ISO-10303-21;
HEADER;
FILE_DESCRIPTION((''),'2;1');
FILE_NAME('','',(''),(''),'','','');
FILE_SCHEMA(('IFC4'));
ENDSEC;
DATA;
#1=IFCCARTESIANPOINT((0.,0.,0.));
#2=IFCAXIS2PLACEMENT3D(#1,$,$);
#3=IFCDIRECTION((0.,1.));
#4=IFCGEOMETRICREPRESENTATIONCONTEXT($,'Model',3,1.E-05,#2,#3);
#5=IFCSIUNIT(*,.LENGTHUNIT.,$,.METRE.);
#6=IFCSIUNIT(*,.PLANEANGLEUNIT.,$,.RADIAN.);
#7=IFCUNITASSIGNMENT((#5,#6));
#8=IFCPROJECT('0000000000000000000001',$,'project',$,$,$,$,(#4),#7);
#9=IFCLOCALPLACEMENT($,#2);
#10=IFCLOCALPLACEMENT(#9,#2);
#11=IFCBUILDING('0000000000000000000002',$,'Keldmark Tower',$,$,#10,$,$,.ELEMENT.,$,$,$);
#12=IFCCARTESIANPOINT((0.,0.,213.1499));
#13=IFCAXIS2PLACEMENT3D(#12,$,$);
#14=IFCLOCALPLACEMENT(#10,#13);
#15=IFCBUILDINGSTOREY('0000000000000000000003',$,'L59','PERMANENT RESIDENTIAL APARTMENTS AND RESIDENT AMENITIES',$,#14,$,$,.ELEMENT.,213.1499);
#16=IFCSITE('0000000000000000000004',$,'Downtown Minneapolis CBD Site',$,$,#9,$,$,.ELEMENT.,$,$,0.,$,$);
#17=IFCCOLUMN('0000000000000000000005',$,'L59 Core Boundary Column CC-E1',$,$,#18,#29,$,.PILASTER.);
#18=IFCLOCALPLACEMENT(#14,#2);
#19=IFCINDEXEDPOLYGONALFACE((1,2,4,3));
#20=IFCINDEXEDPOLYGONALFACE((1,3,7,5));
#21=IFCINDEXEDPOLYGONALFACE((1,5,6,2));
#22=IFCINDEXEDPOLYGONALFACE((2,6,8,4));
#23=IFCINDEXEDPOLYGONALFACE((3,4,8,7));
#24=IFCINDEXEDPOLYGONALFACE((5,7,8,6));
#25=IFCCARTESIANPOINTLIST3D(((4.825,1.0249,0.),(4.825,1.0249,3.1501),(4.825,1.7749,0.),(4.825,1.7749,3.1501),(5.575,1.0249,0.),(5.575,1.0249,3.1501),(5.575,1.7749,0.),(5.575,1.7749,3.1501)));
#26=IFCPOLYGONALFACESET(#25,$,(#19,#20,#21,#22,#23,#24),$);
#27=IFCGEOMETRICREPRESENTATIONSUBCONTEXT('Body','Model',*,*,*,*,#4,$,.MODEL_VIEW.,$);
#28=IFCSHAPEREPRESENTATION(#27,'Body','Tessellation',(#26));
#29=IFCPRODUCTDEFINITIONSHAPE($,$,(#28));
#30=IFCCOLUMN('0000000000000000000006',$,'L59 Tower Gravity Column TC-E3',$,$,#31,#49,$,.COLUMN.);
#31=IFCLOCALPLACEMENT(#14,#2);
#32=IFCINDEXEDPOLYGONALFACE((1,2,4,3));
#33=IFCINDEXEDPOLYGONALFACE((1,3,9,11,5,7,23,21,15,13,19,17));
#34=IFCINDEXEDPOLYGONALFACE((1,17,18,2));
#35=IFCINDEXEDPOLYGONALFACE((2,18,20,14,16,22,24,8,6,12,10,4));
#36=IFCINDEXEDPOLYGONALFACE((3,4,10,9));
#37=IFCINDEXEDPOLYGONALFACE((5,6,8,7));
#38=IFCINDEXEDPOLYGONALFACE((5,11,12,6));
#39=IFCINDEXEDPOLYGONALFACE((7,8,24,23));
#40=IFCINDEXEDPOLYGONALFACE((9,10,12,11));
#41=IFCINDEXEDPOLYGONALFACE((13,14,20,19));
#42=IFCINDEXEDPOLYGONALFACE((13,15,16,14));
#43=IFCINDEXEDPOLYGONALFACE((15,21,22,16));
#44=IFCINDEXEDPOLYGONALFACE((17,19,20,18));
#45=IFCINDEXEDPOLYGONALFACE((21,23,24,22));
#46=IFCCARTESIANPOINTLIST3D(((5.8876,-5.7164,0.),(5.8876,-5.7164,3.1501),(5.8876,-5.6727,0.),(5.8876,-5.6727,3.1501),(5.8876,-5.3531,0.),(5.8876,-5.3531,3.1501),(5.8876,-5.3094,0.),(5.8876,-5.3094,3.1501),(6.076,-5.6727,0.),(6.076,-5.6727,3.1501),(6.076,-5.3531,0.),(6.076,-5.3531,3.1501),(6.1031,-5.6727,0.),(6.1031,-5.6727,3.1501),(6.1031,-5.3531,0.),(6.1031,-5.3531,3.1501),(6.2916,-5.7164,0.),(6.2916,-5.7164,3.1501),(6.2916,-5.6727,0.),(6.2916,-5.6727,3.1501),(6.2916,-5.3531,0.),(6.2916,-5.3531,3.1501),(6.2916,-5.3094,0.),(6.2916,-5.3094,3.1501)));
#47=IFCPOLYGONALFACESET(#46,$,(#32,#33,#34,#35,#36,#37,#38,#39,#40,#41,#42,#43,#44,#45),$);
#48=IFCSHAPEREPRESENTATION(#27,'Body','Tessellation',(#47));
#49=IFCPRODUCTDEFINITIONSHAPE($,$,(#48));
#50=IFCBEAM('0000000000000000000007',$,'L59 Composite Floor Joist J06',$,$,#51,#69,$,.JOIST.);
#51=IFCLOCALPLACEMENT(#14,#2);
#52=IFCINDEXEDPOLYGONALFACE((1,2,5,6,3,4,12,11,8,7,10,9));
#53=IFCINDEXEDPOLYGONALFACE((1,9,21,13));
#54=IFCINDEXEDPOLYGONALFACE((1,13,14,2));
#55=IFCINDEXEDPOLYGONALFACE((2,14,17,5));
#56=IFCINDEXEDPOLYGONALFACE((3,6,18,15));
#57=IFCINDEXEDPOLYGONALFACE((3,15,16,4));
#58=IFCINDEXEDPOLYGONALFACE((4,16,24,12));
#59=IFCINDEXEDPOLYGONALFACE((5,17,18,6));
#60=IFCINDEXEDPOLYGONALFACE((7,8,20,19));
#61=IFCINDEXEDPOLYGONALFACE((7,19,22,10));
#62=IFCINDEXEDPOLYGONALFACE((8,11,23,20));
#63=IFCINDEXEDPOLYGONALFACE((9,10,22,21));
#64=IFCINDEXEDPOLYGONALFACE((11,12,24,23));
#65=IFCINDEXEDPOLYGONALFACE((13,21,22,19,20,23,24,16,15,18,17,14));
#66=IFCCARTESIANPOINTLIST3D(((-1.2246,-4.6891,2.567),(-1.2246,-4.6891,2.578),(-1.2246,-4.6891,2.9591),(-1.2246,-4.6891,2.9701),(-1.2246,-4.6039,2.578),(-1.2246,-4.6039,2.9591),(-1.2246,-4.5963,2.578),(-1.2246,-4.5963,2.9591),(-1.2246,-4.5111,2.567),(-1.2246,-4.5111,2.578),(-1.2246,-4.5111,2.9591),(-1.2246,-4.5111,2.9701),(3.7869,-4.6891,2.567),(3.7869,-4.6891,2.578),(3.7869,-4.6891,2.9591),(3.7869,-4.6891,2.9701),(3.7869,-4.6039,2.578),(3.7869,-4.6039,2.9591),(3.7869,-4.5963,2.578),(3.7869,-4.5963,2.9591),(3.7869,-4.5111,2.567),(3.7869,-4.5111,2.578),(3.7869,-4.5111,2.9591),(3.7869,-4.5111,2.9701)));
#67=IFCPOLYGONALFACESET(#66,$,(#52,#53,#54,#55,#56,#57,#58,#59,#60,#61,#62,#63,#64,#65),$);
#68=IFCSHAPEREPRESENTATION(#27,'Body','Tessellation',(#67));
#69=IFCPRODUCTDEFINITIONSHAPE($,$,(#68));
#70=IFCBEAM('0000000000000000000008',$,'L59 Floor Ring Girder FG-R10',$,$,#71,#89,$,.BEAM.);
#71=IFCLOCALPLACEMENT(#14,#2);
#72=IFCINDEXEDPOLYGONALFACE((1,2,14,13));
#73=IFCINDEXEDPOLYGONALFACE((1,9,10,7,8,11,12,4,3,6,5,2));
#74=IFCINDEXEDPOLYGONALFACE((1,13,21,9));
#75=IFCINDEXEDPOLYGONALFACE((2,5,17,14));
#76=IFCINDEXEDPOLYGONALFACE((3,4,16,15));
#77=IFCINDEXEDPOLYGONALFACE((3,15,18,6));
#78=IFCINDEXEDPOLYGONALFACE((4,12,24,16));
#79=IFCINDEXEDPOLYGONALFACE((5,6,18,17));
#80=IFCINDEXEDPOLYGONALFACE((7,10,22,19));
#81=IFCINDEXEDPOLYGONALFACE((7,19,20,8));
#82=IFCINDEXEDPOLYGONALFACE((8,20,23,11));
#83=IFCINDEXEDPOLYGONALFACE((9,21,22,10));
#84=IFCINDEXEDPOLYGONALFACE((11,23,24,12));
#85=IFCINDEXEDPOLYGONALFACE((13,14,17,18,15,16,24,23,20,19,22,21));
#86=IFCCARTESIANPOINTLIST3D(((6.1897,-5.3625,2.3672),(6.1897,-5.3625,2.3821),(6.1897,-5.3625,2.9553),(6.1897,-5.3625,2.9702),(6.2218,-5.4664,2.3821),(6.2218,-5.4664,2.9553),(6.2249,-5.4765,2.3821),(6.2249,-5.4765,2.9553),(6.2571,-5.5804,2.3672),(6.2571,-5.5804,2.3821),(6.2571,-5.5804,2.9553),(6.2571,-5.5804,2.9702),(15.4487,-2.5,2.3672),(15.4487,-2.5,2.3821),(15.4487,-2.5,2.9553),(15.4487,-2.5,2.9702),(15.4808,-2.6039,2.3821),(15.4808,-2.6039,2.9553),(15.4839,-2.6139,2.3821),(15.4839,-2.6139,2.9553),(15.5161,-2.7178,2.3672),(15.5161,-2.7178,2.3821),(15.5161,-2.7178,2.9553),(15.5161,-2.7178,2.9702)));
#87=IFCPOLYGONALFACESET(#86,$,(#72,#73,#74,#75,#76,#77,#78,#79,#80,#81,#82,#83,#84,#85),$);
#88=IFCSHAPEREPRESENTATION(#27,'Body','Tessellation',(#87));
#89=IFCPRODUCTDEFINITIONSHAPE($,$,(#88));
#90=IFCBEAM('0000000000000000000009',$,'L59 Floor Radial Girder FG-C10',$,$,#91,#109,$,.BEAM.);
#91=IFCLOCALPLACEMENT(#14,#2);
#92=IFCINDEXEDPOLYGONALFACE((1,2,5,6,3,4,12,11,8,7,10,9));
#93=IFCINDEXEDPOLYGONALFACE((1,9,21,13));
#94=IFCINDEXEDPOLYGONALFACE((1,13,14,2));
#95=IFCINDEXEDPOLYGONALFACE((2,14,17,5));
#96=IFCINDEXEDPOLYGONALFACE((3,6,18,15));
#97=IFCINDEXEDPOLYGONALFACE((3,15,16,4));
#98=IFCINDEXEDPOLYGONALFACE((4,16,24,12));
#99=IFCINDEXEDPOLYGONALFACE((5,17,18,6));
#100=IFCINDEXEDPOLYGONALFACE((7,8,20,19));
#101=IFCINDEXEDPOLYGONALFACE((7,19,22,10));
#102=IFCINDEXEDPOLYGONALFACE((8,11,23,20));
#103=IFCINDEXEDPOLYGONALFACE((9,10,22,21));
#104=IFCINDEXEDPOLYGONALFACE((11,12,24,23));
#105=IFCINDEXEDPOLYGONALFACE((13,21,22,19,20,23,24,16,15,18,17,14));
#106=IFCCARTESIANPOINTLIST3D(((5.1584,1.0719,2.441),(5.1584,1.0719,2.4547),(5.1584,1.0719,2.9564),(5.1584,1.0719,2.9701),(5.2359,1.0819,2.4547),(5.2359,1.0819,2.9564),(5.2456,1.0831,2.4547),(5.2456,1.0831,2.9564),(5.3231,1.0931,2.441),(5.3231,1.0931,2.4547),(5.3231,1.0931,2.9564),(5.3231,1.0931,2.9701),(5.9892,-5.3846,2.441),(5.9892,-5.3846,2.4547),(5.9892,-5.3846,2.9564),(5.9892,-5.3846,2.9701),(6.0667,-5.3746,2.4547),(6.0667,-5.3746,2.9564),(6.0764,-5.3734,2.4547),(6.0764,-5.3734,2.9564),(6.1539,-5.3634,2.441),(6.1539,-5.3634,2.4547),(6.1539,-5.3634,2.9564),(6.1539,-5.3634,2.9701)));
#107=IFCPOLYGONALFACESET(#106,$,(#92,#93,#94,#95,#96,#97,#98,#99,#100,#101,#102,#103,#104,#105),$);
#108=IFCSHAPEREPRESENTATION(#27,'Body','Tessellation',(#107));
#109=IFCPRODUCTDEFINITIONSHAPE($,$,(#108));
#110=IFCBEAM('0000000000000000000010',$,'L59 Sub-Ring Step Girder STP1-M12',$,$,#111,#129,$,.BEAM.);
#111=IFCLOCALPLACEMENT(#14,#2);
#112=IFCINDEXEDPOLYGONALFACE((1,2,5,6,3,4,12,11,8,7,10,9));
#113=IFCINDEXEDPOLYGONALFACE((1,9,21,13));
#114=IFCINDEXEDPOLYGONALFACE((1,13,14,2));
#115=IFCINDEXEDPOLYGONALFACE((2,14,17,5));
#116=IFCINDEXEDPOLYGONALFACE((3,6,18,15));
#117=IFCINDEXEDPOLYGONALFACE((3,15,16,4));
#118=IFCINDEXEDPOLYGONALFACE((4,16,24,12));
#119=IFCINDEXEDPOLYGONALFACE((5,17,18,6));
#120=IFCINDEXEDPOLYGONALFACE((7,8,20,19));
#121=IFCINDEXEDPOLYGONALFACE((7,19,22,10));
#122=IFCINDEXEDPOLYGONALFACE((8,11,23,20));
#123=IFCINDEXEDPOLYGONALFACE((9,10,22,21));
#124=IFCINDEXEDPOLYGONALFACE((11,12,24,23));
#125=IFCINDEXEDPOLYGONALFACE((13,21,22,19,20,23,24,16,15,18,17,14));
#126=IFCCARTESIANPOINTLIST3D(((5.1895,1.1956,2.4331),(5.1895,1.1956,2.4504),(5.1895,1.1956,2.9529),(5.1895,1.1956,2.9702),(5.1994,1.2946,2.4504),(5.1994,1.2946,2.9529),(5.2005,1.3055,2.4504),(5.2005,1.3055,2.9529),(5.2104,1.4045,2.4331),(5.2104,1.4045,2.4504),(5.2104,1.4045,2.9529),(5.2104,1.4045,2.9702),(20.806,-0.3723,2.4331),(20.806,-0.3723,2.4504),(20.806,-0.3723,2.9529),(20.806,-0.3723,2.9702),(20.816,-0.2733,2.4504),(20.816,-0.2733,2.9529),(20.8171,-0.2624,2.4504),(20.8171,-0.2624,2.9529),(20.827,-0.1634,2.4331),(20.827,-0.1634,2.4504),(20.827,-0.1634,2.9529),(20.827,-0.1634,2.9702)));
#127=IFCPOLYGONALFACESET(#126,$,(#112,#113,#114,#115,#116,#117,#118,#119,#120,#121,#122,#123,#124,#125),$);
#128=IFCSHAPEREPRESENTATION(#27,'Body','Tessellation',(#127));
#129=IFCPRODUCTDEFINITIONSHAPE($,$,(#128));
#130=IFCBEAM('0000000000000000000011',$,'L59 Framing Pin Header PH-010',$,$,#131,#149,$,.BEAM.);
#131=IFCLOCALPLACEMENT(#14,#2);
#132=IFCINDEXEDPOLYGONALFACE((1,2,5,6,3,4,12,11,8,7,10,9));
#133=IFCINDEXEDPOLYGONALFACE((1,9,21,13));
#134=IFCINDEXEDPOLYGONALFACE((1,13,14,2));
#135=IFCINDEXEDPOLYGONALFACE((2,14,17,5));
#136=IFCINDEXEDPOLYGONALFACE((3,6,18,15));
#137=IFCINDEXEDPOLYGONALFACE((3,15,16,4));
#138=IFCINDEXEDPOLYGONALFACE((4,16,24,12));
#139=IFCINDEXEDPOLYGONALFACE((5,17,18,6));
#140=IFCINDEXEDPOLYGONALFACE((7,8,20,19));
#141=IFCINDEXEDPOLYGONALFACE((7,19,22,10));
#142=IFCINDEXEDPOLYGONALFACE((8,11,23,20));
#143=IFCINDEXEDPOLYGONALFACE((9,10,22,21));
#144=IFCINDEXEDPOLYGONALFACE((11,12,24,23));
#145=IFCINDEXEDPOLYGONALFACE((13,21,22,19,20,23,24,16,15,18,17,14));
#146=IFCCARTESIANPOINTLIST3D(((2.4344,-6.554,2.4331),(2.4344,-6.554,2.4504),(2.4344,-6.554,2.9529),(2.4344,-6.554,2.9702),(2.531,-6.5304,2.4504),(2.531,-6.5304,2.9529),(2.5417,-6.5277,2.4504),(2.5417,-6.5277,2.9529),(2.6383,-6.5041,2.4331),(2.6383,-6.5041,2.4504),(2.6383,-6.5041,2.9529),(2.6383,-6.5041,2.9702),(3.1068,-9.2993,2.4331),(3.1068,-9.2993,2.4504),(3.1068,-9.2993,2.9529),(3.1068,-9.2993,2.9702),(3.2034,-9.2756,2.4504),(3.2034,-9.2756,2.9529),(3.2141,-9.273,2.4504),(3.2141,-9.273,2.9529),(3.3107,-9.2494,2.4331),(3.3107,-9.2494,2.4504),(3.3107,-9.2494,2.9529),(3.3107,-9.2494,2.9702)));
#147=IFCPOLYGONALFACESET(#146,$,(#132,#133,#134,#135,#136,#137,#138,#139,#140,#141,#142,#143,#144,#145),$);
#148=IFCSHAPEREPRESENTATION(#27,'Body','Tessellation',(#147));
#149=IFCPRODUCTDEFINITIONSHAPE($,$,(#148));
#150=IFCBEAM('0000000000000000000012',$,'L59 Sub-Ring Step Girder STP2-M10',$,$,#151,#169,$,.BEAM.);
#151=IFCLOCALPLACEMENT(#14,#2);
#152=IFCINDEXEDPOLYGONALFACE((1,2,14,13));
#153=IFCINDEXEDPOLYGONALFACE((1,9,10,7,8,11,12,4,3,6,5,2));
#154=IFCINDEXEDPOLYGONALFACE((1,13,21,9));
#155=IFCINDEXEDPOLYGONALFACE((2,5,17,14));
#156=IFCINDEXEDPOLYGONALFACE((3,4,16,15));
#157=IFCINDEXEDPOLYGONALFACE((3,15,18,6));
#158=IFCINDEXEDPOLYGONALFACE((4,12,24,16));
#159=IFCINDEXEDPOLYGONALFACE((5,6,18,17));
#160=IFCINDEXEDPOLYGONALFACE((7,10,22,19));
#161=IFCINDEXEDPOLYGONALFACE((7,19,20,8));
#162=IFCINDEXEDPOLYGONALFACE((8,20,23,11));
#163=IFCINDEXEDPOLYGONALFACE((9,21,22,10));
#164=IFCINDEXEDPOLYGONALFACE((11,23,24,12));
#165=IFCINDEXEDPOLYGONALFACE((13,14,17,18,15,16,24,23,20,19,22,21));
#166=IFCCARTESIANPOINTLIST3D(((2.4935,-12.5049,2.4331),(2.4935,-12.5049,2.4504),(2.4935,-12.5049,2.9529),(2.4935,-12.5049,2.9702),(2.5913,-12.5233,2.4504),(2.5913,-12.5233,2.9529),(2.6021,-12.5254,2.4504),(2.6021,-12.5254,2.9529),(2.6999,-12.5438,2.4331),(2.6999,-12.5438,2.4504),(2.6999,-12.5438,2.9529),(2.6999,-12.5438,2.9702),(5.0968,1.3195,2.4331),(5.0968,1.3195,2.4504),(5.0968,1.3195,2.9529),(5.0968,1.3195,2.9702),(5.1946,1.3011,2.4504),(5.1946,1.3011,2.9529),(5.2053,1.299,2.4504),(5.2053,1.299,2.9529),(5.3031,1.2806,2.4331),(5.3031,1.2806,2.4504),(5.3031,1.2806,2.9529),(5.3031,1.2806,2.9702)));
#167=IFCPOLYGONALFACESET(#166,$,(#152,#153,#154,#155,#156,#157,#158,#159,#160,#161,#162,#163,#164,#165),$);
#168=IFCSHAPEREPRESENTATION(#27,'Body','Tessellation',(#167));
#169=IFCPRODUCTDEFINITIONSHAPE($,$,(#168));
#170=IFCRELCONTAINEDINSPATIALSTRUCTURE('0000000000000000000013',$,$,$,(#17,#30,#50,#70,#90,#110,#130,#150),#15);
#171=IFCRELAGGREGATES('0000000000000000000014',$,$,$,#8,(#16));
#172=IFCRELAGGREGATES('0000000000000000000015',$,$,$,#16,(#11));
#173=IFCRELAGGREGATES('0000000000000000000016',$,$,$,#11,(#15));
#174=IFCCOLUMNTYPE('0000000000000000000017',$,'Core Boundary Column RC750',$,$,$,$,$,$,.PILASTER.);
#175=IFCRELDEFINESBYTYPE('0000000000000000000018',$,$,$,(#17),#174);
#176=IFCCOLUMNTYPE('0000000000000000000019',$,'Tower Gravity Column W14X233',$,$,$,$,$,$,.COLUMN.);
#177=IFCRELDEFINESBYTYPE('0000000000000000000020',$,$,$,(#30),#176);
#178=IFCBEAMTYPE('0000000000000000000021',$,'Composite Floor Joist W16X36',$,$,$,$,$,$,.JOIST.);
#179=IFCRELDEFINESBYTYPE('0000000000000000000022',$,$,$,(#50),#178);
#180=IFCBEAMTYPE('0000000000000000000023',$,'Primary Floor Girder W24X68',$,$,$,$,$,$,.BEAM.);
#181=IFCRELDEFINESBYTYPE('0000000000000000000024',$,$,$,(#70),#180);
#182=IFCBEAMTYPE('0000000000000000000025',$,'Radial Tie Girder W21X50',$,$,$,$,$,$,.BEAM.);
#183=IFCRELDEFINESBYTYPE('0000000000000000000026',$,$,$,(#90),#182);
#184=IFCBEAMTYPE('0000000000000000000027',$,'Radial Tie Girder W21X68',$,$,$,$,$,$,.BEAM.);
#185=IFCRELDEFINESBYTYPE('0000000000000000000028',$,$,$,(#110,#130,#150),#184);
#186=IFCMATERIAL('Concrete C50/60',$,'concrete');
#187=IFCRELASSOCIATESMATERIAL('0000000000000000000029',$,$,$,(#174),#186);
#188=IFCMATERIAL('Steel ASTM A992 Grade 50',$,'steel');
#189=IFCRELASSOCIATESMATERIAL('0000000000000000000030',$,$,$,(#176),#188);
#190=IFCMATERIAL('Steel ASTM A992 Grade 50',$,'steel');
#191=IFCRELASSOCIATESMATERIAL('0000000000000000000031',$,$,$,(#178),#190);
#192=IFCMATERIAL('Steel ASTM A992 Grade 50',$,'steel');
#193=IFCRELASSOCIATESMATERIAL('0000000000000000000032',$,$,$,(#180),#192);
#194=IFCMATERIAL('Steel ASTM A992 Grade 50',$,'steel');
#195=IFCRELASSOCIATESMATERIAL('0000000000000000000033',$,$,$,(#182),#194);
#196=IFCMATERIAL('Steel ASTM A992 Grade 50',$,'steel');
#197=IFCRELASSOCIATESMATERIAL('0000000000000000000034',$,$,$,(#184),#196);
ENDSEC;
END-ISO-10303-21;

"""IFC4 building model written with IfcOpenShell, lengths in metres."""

from ifc_helpers import new_model, si_unit, direction, frame, origin, origin_2d, place, context, subcontext, project, spatial, rectangle, i_section, extrude, material, material_profile, profile_set, type_object, element, save


model = new_model("IFC4")

# Units and contexts
model_context = context("Model", 3, precision=1e-05, world=origin(), true_north=direction((0.0, 1.0)))
body_context = subcontext(model_context, "Body", "Model", "MODEL_VIEW")
ifc_project = project(units=[si_unit("LENGTHUNIT", "METRE"), si_unit("PLANEANGLEUNIT", "RADIAN")], contexts=[model_context])

# Site, building, storey
site_placement = place(None, origin())
site = spatial("IfcSite", under=ifc_project, at=site_placement, Name="Downtown Minneapolis CBD Site", CompositionType="ELEMENT", RefElevation=0.0)
building_placement = place(site_placement, origin())
building = spatial("IfcBuilding", under=site, at=building_placement, Name="Keldmark Tower", CompositionType="ELEMENT")
storey_placement = place(building_placement, frame((0.0, 0.0, 213.1499)))
storey = spatial("IfcBuildingStorey", under=building, at=storey_placement, Name="L59", Description="PERMANENT RESIDENTIAL APARTMENTS AND RESIDENT AMENITIES", CompositionType="ELEMENT", Elevation=213.1499)

# Columns
ifc_material_1 = material(Name="Concrete C50/60", Category="concrete")
ifc_material_profile_1 = material_profile(ifc_material_1, rectangle(XDim=0.75, YDim=0.75, at=origin_2d()), Name="RC750X750")
ifc_profile_set_1 = profile_set([ifc_material_profile_1], Name="Concrete C50/60")
column_type_1 = type_object("IfcColumnType", Name="Core Boundary Column RC750", PredefinedType="PILASTER", material=ifc_profile_set_1)
column_1_placement = place(storey_placement, frame((5.2, 1.3999, 0.0), z_axis=(0.0, 0.0, 1.0), x_axis=(1.0, 0.0, 0.0)))
element("IfcColumn", 1, at=column_1_placement, inside=storey, type_object=column_type_1, Name="L59 Core Boundary Column CC-E1", PredefinedType="PILASTER", context=body_context, shape_type="SweptSolid", body=[
    extrude(rectangle(XDim=0.75, YDim=0.75, at=origin_2d()), origin(), (0.0, 0.0, 1.0), 3.1501),
])
ifc_material_2 = material(Name="Steel ASTM A992 Grade 50", Category="steel")
ifc_material_profile_2 = material_profile(ifc_material_2, i_section(OverallWidth=0.4041, OverallDepth=0.407, WebThickness=0.0271, FlangeThickness=0.0437, at=origin_2d()), Name="W14X233")
ifc_profile_set_2 = profile_set([ifc_material_profile_2], Name="Steel ASTM A992 Grade 50")
column_type_2 = type_object("IfcColumnType", Name="Tower Gravity Column W14X233", PredefinedType="COLUMN", material=ifc_profile_set_2)
column_2_placement = place(storey_placement, frame((6.0896, -5.5129, 0.0), z_axis=(0.0, 0.0, 1.0), x_axis=(1.0, 0.0, 0.0)))
element("IfcColumn", 2, at=column_2_placement, inside=storey, type_object=column_type_2, Name="L59 Tower Gravity Column TC-E3", PredefinedType="COLUMN", context=body_context, shape_type="SweptSolid", body=[
    extrude(i_section(OverallWidth=0.4041, OverallDepth=0.407, WebThickness=0.0271, FlangeThickness=0.0437, at=origin_2d()), origin(), (0.0, 0.0, 1.0), 3.1501),
])

# Beams
ifc_material_3 = material(Name="Steel ASTM A992 Grade 50", Category="steel")
ifc_material_profile_3 = material_profile(ifc_material_3, i_section(OverallWidth=0.178, OverallDepth=0.4031, WebThickness=0.0076, FlangeThickness=0.011, at=origin_2d()), Name="W16X36")
ifc_profile_set_3 = profile_set([ifc_material_profile_3], Name="Steel ASTM A992 Grade 50")
beam_type_1 = type_object("IfcBeamType", Name="Composite Floor Joist W16X36", PredefinedType="JOIST", material=ifc_profile_set_3)
beam_1_placement = place(storey_placement, frame((-1.2246, -4.6001, 2.7686), z_axis=(1.0, 0.0, 0.0), x_axis=(0.0, 1.0, 0.0)))
element("IfcBeam", 3, at=beam_1_placement, inside=storey, type_object=beam_type_1, Name="L59 Composite Floor Joist J06", PredefinedType="JOIST", context=body_context, shape_type="SweptSolid", body=[
    extrude(i_section(OverallWidth=0.178, OverallDepth=0.4031, WebThickness=0.0076, FlangeThickness=0.011, at=origin_2d()), origin(), (0.0, 0.0, 1.0), 5.0115),
])
ifc_material_4 = material(Name="Steel ASTM A992 Grade 50", Category="steel")
ifc_material_profile_4 = material_profile(ifc_material_4, i_section(OverallWidth=0.228, OverallDepth=0.603, WebThickness=0.0105, FlangeThickness=0.0149, at=origin_2d()), Name="W24X68")
ifc_profile_set_4 = profile_set([ifc_material_profile_4], Name="Steel ASTM A992 Grade 50")
beam_type_2 = type_object("IfcBeamType", Name="Primary Floor Girder W24X68", PredefinedType="BEAM", material=ifc_profile_set_4)
beam_2_placement = place(storey_placement, frame((6.2234, -5.4714, 2.6687), z_axis=(0.955383, 0.295369, 0.0), x_axis=(-0.295369, 0.955383, 0.0)))
element("IfcBeam", 4, at=beam_2_placement, inside=storey, type_object=beam_type_2, Name="L59 Floor Ring Girder FG-R10", PredefinedType="BEAM", context=body_context, shape_type="SweptSolid", body=[
    extrude(i_section(OverallWidth=0.228, OverallDepth=0.603, WebThickness=0.0105, FlangeThickness=0.0149, at=origin_2d()), origin(), (0.0, 0.0, 1.0), 9.6914),
])
ifc_material_5 = material(Name="Steel ASTM A992 Grade 50", Category="steel")
ifc_material_profile_5 = material_profile(ifc_material_5, i_section(OverallWidth=0.166, OverallDepth=0.5291, WebThickness=0.0098, FlangeThickness=0.0137, at=origin_2d()), Name="W21X50")
ifc_profile_set_5 = profile_set([ifc_material_profile_5], Name="Steel ASTM A992 Grade 50")
beam_type_3 = type_object("IfcBeamType", Name="Radial Tie Girder W21X50", PredefinedType="BEAM", material=ifc_profile_set_5)
beam_3_placement = place(storey_placement, frame((6.0715, -5.374, 2.7056), z_axis=(-0.127625, 0.991822, 0.0), x_axis=(-0.991822, -0.127625, 0.0)))
element("IfcBeam", 5, at=beam_3_placement, inside=storey, type_object=beam_type_3, Name="L59 Floor Radial Girder FG-C10", PredefinedType="BEAM", context=body_context, shape_type="SweptSolid", body=[
    extrude(i_section(OverallWidth=0.166, OverallDepth=0.5291, WebThickness=0.0098, FlangeThickness=0.0137, at=origin_2d()), origin(), (0.0, 0.0, 1.0), 6.5098),
])
ifc_material_6 = material(Name="Steel ASTM A992 Grade 50", Category="steel")
ifc_material_profile_6 = material_profile(ifc_material_6, i_section(OverallWidth=0.21, OverallDepth=0.5371, WebThickness=0.011, FlangeThickness=0.0173, at=origin_2d()), Name="W21X68")
ifc_profile_set_6 = profile_set([ifc_material_profile_6], Name="Steel ASTM A992 Grade 50")
beam_type_4 = type_object("IfcBeamType", Name="Radial Tie Girder W21X68", PredefinedType="BEAM", material=ifc_profile_set_6)
beam_4_placement = place(storey_placement, frame((5.2, 1.3, 2.7017), z_axis=(0.994998, -0.099896, 0.0), x_axis=(0.099896, 0.994998, 0.0)))
element("IfcBeam", 6, at=beam_4_placement, inside=storey, type_object=beam_type_4, Name="L59 Sub-Ring Step Girder STP1-M12", PredefinedType="BEAM", context=body_context, shape_type="SweptSolid", body=[
    extrude(i_section(OverallWidth=0.21, OverallDepth=0.5371, WebThickness=0.011, FlangeThickness=0.0173, at=origin_2d()), origin(), (0.0, 0.0, 1.0), 15.6951),
])
beam_5_placement = place(storey_placement, frame((2.5364, -6.5291, 2.7017), z_axis=(0.237879, -0.971295, 0.0), x_axis=(0.971295, 0.237879, 0.0)))
element("IfcBeam", 7, at=beam_5_placement, inside=storey, type_object=beam_type_4, Name="L59 Framing Pin Header PH-010", PredefinedType="BEAM", context=body_context, shape_type="SweptSolid", body=[
    extrude(i_section(OverallWidth=0.21, OverallDepth=0.5371, WebThickness=0.011, FlangeThickness=0.0173, at=origin_2d()), origin(), (0.0, 0.0, 1.0), 2.8264),
])
beam_6_placement = place(storey_placement, frame((5.2, 1.3, 2.7017), z_axis=(-0.185057, -0.982728, 0.0), x_axis=(0.982728, -0.185057, 0.0)))
element("IfcBeam", 8, at=beam_6_placement, inside=storey, type_object=beam_type_4, Name="L59 Sub-Ring Step Girder STP2-M10", PredefinedType="BEAM", context=body_context, shape_type="SweptSolid", body=[
    extrude(i_section(OverallWidth=0.21, OverallDepth=0.5371, WebThickness=0.011, FlangeThickness=0.0173, at=origin_2d()), origin(), (0.0, 0.0, 1.0), 14.0674),
])

save(model, "model.ifc")
